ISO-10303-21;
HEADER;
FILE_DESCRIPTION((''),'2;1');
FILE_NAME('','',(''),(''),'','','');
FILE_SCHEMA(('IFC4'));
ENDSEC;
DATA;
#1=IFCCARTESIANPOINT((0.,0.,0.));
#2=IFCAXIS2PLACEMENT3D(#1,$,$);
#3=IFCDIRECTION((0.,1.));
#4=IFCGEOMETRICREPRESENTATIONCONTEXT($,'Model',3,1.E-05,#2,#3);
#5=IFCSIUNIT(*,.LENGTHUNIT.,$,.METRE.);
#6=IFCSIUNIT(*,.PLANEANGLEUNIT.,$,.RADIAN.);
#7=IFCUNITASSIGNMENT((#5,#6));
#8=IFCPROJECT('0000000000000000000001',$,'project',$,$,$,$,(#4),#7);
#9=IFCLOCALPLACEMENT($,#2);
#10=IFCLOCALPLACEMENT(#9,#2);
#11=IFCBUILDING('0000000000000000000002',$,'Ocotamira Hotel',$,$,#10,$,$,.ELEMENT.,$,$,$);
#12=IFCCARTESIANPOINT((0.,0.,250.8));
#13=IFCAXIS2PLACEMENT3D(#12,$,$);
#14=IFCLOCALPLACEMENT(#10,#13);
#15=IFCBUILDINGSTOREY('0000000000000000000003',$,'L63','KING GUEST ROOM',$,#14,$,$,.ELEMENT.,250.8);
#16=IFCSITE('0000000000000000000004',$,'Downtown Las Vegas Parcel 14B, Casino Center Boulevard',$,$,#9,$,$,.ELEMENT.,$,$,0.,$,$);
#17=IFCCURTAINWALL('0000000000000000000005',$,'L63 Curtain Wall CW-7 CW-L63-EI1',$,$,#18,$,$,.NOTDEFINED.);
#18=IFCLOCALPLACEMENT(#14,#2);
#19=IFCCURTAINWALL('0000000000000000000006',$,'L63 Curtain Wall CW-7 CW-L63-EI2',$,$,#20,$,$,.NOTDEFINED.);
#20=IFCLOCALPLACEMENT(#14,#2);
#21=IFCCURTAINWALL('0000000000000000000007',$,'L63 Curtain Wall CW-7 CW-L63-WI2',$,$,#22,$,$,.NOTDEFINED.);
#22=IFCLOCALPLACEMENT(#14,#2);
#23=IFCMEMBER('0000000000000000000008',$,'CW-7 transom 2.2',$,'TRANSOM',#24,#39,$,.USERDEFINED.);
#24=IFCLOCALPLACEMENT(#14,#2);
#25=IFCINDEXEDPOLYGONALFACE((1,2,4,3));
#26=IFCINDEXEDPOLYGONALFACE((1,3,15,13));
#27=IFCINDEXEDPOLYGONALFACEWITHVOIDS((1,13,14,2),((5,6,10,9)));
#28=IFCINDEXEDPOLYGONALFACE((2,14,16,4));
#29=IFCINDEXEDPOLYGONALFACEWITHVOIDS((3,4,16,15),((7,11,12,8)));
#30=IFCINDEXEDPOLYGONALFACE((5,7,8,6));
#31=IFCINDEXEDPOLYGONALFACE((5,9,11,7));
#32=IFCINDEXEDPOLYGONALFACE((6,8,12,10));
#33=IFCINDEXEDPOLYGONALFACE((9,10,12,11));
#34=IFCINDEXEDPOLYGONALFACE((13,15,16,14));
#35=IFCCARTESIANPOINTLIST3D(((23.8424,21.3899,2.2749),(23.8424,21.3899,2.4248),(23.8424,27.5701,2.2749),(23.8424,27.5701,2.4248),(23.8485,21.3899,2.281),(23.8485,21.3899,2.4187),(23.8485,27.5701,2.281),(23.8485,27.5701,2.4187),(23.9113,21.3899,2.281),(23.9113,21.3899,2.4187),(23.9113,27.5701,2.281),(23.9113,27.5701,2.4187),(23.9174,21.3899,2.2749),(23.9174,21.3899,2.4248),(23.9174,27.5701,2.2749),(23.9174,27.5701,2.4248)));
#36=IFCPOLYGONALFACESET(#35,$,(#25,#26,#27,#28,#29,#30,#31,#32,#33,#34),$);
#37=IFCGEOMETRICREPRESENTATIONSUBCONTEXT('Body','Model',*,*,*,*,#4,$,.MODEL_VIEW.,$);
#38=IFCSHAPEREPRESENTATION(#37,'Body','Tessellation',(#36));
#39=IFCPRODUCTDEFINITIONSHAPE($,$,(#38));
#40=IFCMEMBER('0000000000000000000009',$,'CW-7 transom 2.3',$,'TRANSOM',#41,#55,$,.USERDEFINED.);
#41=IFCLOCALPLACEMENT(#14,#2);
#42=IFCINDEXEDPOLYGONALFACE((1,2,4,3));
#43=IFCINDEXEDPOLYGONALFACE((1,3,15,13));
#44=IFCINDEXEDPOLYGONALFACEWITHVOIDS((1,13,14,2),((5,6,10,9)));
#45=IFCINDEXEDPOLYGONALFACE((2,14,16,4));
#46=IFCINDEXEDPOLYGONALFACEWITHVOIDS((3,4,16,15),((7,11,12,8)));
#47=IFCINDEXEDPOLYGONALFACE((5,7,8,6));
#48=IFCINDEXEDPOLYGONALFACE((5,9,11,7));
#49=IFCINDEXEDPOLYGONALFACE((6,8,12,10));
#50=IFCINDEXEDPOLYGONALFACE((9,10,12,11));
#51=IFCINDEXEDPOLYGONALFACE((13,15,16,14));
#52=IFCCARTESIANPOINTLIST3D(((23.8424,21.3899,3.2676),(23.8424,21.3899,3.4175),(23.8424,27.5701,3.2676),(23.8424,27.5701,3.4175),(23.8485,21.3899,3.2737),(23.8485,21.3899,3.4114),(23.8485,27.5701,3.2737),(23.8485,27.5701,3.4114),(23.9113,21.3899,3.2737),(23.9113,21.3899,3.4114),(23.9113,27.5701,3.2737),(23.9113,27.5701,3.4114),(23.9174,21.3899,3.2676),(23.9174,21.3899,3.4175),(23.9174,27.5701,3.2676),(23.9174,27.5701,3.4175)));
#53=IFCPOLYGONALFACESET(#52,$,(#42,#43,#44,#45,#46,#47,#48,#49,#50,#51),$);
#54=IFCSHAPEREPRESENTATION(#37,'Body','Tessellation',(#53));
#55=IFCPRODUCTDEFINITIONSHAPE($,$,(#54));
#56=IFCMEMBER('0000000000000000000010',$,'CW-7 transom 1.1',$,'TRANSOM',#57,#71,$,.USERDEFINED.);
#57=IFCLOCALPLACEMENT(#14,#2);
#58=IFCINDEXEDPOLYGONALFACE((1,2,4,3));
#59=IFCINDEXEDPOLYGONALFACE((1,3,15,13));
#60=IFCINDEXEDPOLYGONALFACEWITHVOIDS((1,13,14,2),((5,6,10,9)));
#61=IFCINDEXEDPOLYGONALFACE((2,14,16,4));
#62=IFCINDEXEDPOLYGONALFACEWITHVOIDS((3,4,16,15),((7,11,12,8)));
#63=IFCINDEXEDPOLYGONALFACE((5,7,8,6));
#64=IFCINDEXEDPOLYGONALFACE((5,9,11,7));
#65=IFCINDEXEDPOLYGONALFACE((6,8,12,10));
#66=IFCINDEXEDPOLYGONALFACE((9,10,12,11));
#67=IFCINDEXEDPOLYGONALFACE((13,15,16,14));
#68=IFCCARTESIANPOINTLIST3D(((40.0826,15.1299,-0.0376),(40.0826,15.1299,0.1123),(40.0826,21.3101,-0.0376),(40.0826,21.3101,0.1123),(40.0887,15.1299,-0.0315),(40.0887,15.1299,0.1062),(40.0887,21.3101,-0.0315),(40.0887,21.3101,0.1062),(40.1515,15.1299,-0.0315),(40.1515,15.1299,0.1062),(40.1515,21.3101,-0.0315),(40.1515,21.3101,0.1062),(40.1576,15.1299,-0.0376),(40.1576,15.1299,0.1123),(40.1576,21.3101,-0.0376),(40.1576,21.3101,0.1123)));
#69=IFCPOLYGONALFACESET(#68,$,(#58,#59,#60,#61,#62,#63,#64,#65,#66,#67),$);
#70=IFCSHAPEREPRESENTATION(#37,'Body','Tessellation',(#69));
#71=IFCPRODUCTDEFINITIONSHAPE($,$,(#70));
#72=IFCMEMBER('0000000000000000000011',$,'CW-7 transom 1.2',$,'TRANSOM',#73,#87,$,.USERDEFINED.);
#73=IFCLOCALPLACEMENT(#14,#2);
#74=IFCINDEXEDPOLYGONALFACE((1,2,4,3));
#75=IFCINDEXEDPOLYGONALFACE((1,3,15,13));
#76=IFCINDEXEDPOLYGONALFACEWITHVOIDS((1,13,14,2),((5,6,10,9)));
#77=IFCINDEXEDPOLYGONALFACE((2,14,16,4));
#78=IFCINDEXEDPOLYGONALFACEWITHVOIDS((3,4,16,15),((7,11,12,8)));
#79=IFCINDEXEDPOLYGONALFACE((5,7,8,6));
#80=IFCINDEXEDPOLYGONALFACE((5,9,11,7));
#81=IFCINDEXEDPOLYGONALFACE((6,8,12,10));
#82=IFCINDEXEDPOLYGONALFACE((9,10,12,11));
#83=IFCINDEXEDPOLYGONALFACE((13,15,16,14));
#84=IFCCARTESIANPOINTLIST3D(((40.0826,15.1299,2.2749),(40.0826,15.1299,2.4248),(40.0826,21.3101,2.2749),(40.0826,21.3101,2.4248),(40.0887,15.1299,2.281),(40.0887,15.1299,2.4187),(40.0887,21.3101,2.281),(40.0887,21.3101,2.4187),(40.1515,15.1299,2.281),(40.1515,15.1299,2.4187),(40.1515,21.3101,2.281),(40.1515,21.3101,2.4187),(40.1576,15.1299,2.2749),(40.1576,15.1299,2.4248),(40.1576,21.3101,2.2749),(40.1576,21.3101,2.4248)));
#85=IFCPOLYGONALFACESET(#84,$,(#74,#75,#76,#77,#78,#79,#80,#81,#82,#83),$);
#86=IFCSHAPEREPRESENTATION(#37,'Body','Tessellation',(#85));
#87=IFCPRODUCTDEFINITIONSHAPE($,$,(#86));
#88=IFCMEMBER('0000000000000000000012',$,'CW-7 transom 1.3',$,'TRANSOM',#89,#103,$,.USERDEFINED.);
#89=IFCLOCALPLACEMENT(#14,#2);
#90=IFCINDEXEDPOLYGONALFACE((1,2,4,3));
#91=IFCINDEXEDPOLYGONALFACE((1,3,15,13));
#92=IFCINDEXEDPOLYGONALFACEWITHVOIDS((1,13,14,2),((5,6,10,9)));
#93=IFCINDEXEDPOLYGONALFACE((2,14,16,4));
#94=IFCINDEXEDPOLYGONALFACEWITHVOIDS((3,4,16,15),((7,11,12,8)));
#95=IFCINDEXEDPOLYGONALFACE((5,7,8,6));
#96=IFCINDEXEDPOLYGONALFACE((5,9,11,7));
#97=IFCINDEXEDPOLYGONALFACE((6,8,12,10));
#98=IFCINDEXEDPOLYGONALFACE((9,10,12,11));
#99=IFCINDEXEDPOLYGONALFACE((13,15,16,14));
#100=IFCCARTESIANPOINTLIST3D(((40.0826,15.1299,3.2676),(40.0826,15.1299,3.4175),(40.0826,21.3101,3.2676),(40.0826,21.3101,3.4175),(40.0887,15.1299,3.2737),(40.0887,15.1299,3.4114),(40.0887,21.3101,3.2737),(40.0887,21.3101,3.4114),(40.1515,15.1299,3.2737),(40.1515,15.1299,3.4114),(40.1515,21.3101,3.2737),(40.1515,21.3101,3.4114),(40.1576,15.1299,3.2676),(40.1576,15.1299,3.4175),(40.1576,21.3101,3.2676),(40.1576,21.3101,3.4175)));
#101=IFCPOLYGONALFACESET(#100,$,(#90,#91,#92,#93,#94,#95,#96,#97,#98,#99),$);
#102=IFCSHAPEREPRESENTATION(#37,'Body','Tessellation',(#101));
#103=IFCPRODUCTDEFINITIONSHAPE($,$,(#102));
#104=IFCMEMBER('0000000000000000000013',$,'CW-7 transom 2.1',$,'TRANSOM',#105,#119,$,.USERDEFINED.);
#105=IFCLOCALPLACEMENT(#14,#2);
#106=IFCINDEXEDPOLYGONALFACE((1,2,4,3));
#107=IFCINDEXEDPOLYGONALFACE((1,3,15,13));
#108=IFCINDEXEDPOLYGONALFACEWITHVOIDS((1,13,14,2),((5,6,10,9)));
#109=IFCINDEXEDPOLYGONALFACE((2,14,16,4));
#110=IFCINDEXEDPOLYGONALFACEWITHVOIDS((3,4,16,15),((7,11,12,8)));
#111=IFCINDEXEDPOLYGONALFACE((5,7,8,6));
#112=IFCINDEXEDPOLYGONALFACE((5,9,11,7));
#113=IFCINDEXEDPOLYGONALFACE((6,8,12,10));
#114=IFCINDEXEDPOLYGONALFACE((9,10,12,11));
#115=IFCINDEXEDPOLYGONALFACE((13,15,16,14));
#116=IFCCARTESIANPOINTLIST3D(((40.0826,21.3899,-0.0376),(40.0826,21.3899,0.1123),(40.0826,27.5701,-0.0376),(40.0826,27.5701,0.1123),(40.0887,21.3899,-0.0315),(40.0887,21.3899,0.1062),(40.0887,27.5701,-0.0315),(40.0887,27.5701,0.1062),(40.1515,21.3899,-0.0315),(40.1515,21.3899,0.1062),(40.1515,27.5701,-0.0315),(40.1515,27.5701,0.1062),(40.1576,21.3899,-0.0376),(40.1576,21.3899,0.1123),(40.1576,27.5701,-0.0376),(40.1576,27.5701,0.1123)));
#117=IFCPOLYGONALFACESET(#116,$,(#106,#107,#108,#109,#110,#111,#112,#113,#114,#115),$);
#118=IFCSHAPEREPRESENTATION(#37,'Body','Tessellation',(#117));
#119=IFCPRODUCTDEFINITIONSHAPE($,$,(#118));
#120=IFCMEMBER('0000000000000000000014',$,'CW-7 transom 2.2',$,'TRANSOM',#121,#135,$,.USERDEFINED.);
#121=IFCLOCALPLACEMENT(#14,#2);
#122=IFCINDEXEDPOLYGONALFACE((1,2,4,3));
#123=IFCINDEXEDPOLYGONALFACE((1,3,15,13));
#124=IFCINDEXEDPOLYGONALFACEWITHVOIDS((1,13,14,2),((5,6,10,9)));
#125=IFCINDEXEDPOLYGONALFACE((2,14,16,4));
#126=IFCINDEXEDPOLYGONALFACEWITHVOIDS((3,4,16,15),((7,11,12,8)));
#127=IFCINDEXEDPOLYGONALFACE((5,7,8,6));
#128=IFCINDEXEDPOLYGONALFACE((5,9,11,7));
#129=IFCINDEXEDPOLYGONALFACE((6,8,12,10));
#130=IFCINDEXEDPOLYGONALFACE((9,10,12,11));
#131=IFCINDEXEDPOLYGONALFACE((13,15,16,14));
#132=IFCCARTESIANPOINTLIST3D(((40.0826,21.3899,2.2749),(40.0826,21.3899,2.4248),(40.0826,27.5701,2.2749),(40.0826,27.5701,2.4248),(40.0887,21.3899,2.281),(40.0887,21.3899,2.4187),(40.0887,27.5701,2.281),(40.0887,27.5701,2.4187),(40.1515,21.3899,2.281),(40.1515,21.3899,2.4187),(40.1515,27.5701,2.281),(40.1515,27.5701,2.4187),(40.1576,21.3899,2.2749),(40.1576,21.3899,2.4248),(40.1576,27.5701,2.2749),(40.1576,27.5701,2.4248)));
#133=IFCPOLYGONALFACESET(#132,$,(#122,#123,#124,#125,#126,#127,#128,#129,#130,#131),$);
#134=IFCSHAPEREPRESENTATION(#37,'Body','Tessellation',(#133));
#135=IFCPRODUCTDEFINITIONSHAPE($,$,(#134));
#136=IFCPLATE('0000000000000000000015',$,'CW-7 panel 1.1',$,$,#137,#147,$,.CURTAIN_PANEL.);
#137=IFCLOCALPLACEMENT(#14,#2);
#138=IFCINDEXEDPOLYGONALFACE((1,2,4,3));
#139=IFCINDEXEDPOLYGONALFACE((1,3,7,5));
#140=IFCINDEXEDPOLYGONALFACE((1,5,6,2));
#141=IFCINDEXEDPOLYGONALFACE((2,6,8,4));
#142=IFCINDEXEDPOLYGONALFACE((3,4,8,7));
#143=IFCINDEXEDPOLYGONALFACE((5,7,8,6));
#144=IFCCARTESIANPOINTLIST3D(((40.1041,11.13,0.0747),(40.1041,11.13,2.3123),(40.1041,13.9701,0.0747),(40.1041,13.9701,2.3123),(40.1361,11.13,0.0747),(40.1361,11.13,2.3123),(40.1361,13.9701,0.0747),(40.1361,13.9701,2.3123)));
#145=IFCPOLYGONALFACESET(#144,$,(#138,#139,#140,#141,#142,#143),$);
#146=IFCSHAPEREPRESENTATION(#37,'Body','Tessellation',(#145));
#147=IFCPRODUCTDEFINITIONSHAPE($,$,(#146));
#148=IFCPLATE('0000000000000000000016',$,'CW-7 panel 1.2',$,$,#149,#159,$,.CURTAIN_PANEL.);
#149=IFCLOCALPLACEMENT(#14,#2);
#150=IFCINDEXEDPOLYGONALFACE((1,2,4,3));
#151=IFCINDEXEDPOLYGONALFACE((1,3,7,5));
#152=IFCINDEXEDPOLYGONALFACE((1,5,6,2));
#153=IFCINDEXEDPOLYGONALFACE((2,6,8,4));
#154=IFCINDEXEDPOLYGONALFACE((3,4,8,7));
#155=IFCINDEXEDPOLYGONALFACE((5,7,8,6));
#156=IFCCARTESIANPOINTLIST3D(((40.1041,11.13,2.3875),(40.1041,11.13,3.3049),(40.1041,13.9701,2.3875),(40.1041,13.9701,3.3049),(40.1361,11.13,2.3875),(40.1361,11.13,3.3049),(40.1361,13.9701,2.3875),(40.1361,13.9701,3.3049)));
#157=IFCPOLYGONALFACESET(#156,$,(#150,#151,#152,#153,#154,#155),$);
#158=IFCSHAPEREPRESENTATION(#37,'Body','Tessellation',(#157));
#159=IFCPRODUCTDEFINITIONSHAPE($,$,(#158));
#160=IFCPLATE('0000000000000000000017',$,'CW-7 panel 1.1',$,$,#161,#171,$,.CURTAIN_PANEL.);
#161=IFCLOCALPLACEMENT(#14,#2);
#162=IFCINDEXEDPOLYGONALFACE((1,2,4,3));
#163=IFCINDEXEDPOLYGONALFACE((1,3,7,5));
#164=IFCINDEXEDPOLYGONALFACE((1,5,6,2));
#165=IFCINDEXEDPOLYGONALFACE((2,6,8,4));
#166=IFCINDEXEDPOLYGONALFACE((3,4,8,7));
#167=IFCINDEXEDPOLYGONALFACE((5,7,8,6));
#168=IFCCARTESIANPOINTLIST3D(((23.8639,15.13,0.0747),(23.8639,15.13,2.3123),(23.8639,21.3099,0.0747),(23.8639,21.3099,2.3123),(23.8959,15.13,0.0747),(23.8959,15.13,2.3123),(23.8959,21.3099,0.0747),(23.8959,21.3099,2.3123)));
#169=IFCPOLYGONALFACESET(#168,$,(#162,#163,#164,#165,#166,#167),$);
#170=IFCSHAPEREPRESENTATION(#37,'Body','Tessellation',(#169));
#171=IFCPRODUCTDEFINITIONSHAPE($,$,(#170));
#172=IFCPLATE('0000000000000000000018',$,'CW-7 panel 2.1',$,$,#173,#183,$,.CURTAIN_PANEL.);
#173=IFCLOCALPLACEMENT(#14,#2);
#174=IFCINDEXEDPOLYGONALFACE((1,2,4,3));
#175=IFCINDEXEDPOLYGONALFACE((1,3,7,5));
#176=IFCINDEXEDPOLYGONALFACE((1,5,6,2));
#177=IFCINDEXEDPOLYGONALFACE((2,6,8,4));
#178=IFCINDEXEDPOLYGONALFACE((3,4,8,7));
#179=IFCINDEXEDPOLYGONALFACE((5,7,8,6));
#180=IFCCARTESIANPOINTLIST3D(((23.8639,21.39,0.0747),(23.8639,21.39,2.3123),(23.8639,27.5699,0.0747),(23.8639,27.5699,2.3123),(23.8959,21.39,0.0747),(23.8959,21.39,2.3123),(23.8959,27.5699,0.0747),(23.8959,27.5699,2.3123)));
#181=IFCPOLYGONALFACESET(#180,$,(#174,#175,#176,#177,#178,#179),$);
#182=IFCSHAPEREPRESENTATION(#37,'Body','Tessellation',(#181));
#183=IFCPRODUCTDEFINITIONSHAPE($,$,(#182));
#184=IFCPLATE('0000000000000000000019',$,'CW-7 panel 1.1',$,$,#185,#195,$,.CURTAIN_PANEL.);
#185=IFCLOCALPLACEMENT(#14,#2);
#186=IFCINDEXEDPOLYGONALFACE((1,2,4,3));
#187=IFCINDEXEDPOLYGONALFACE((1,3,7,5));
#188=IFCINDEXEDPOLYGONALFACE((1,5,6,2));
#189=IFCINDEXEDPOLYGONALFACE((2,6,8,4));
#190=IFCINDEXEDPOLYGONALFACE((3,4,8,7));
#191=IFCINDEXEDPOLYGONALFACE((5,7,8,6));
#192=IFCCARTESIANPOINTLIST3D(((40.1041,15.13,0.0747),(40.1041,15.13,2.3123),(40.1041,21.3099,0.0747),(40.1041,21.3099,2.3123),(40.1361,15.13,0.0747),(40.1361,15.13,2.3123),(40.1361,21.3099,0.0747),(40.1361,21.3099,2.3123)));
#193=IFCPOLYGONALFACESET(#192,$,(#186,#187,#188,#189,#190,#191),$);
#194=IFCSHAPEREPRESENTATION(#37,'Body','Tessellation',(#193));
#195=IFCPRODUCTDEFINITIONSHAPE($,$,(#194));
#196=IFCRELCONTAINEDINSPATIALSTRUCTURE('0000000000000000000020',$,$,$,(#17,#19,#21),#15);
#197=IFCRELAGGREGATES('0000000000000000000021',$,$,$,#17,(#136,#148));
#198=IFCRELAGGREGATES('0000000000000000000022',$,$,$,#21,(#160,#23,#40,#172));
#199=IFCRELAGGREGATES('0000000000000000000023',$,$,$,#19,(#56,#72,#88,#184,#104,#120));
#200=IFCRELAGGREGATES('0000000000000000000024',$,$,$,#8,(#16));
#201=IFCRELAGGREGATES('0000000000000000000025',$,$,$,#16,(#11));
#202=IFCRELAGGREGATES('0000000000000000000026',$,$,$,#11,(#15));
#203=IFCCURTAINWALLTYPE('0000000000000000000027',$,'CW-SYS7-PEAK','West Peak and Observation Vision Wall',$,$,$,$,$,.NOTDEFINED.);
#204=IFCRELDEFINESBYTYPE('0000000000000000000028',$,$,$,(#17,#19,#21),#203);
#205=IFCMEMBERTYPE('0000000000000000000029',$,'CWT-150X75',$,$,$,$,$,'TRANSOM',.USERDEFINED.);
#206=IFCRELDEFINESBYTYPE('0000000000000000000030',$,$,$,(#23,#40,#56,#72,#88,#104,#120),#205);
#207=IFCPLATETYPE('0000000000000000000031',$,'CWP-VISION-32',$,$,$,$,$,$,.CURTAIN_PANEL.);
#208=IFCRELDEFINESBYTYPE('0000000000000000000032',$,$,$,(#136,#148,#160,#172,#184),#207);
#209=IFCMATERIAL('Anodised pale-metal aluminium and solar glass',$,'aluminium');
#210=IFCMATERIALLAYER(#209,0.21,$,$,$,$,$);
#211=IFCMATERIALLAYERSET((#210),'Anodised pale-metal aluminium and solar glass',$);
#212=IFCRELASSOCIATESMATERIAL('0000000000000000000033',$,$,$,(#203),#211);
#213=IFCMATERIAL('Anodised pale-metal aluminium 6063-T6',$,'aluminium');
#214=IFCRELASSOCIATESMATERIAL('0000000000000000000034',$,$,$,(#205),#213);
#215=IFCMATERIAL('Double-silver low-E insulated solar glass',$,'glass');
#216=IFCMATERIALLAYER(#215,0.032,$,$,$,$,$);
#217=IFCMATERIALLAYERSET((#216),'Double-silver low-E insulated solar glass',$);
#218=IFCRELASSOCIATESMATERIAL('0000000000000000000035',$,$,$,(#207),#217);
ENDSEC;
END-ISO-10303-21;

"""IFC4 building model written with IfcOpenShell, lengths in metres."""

from ifc_helpers import new_model, si_unit, direction, frame, origin, origin_2d, place, context, subcontext, project, spatial, rectangle, hollow_rectangle, extrude, source, transform, mapped, material, layer, layer_set, material_profile, profile_set, type_object, element, aggregate, save


model = new_model("IFC4")

# Units and contexts
model_context = context("Model", 3, precision=1e-05, world=origin(), true_north=direction((0.0, 1.0)))
body_context = subcontext(model_context, "Body", "Model", "MODEL_VIEW")
ifc_project = project(units=[si_unit("LENGTHUNIT", "METRE"), si_unit("PLANEANGLEUNIT", "RADIAN")], contexts=[model_context])

# Site, building, storey
site_placement = place(None, origin())
site = spatial("IfcSite", under=ifc_project, at=site_placement, Name="Downtown Las Vegas Parcel 14B, Casino Center Boulevard", CompositionType="ELEMENT", RefElevation=0.0)
building_placement = place(site_placement, origin())
building = spatial("IfcBuilding", under=site, at=building_placement, Name="Ocotamira Hotel", CompositionType="ELEMENT")
storey_placement = place(building_placement, frame((0.0, 0.0, 250.8)))
storey = spatial("IfcBuildingStorey", under=building, at=storey_placement, Name="L63", Description="KING GUEST ROOM", CompositionType="ELEMENT", Elevation=250.8)

# Curtain walls
ifc_material_1 = material(Name="Anodised pale-metal aluminium and solar glass", Category="aluminium")
ifc_layer_1 = layer(ifc_material_1, 0.21)
ifc_layer_set_1 = layer_set([ifc_layer_1], Name="Anodised pale-metal aluminium and solar glass")
curtain_wall_type = type_object("IfcCurtainWallType", Name="CW-SYS7-PEAK", Description="West Peak and Observation Vision Wall", PredefinedType="NOTDEFINED", material=ifc_layer_set_1)
curtain_wall_1_placement = place(storey_placement, origin())
curtain_wall_1 = element("IfcCurtainWall", 1, at=curtain_wall_1_placement, inside=storey, type_object=curtain_wall_type, Name="L63 Curtain Wall CW-7 CW-L63-EI1", PredefinedType="NOTDEFINED")
ifc_material_2 = material(Name="Anodised pale-metal aluminium 6063-T6", Category="aluminium")
curtain_wall_2_placement = place(storey_placement, origin())
curtain_wall_2 = element("IfcCurtainWall", 2, at=curtain_wall_2_placement, inside=storey, type_object=curtain_wall_type, Name="L63 Curtain Wall CW-7 CW-L63-EI2", PredefinedType="NOTDEFINED")

# Shared definitions
ifc_material_profile_1 = material_profile(ifc_material_2, hollow_rectangle(XDim=0.075, YDim=0.1499, WallThickness=0.0061, at=origin_2d()), Name="HSS150X75X6")
ifc_profile_set_1 = profile_set([ifc_material_profile_1], Name="Anodised pale-metal aluminium 6063-T6")
member_type_1 = type_object("IfcMemberType", Name="CWT-150X75", ElementType="TRANSOM", PredefinedType="USERDEFINED", material=ifc_profile_set_1)

# Curtain wall, members
curtain_wall_3_placement = place(storey_placement, origin())
curtain_wall_3 = element("IfcCurtainWall", 3, at=curtain_wall_3_placement, inside=storey, type_object=curtain_wall_type, Name="L63 Curtain Wall CW-7 CW-L63-WI2", PredefinedType="NOTDEFINED")
shared_shape_1 = source(origin(), body_context, "Body", "SweptSolid", [
    extrude(hollow_rectangle(XDim=0.075, YDim=0.1499, WallThickness=0.0061, at=origin_2d()), origin(), (0.0, 0.0, 1.0), 6.1802),
])
member_1_placement = place(storey_placement, frame((23.8799, 21.3899, 2.3499), z_axis=(0.0, 1.0, 0.0), x_axis=(-1.0, 0.0, 0.0)))
member_1 = element("IfcMember", 4, at=member_1_placement, type_object=member_type_1, Name="CW-7 transom 2.2", ObjectType="TRANSOM", PredefinedType="USERDEFINED", context=body_context, shape_type="MappedRepresentation", body=[
    mapped(shared_shape_1, transform((0.0, 0.0, 0.0), scale=1.0)),
])
member_2_placement = place(storey_placement, frame((23.8799, 21.3899, 3.3425), z_axis=(0.0, 1.0, 0.0), x_axis=(-1.0, 0.0, 0.0)))
member_2 = element("IfcMember", 5, at=member_2_placement, type_object=member_type_1, Name="CW-7 transom 2.3", ObjectType="TRANSOM", PredefinedType="USERDEFINED", context=body_context, shape_type="MappedRepresentation", body=[
    mapped(shared_shape_1, transform((0.0, 0.0, 0.0), scale=1.0)),
])

# Members
member_3_placement = place(storey_placement, frame((40.1201, 15.1299, 0.0374), z_axis=(0.0, 1.0, 0.0), x_axis=(-1.0, 0.0, 0.0)))
member_3 = element("IfcMember", 6, at=member_3_placement, type_object=member_type_1, Name="CW-7 transom 1.1", ObjectType="TRANSOM", PredefinedType="USERDEFINED", context=body_context, shape_type="MappedRepresentation", body=[
    mapped(shared_shape_1, transform((0.0, 0.0, 0.0), scale=1.0)),
])
member_4_placement = place(storey_placement, frame((40.1201, 15.1299, 2.3499), z_axis=(0.0, 1.0, 0.0), x_axis=(-1.0, 0.0, 0.0)))
member_4 = element("IfcMember", 7, at=member_4_placement, type_object=member_type_1, Name="CW-7 transom 1.2", ObjectType="TRANSOM", PredefinedType="USERDEFINED", context=body_context, shape_type="MappedRepresentation", body=[
    mapped(shared_shape_1, transform((0.0, 0.0, 0.0), scale=1.0)),
])
member_5_placement = place(storey_placement, frame((40.1201, 15.1299, 3.3425), z_axis=(0.0, 1.0, 0.0), x_axis=(-1.0, 0.0, 0.0)))
member_5 = element("IfcMember", 8, at=member_5_placement, type_object=member_type_1, Name="CW-7 transom 1.3", ObjectType="TRANSOM", PredefinedType="USERDEFINED", context=body_context, shape_type="MappedRepresentation", body=[
    mapped(shared_shape_1, transform((0.0, 0.0, 0.0), scale=1.0)),
])
member_6_placement = place(storey_placement, frame((40.1201, 21.3899, 0.0374), z_axis=(0.0, 1.0, 0.0), x_axis=(-1.0, 0.0, 0.0)))
member_6 = element("IfcMember", 9, at=member_6_placement, type_object=member_type_1, Name="CW-7 transom 2.1", ObjectType="TRANSOM", PredefinedType="USERDEFINED", context=body_context, shape_type="MappedRepresentation", body=[
    mapped(shared_shape_1, transform((0.0, 0.0, 0.0), scale=1.0)),
])
member_7_placement = place(storey_placement, frame((40.1201, 21.3899, 2.3499), z_axis=(0.0, 1.0, 0.0), x_axis=(-1.0, 0.0, 0.0)))
member_7 = element("IfcMember", 10, at=member_7_placement, type_object=member_type_1, Name="CW-7 transom 2.2", ObjectType="TRANSOM", PredefinedType="USERDEFINED", context=body_context, shape_type="MappedRepresentation", body=[
    mapped(shared_shape_1, transform((0.0, 0.0, 0.0), scale=1.0)),
])

# Plates
ifc_material_3 = material(Name="Double-silver low-E insulated solar glass", Category="glass")
ifc_layer_2 = layer(ifc_material_3, 0.032)
ifc_layer_set_2 = layer_set([ifc_layer_2], Name="Double-silver low-E insulated solar glass")
plate_type = type_object("IfcPlateType", Name="CWP-VISION-32", PredefinedType="CURTAIN_PANEL", material=ifc_layer_set_2)
shared_shape_2 = source(origin(), body_context, "Body", "SweptSolid", [
    extrude(rectangle(XDim=2.8401, YDim=0.032, at=origin_2d()), origin(), (0.0, 0.0, 1.0), 2.2375),
])
plate_1_placement = place(storey_placement, frame((40.1201, 12.55, 0.0747), z_axis=(0.0, 0.0, 1.0), x_axis=(0.0, 1.0, 0.0)))
plate_1 = element("IfcPlate", 11, at=plate_1_placement, type_object=plate_type, Name="CW-7 panel 1.1", PredefinedType="CURTAIN_PANEL", context=body_context, shape_type="MappedRepresentation", body=[
    mapped(shared_shape_2, transform((0.0, 0.0, 0.0), scale=1.0)),
])
shared_shape_3 = source(origin(), body_context, "Body", "SweptSolid", [
    extrude(rectangle(XDim=2.8401, YDim=0.032, at=origin_2d()), origin(), (0.0, 0.0, 1.0), 0.9175),
])
plate_2_placement = place(storey_placement, frame((40.1201, 12.55, 2.3875), z_axis=(0.0, 0.0, 1.0), x_axis=(0.0, 1.0, 0.0)))
plate_2 = element("IfcPlate", 12, at=plate_2_placement, type_object=plate_type, Name="CW-7 panel 1.2", PredefinedType="CURTAIN_PANEL", context=body_context, shape_type="MappedRepresentation", body=[
    mapped(shared_shape_3, transform((0.0, 0.0, 0.0), scale=1.0)),
])
aggregate(curtain_wall_1, [plate_1, plate_2])
shared_shape_4 = source(origin(), body_context, "Body", "SweptSolid", [
    extrude(rectangle(XDim=6.1799, YDim=0.032, at=origin_2d()), origin(), (0.0, 0.0, 1.0), 2.2375),
])
plate_3_placement = place(storey_placement, frame((23.8799, 18.22, 0.0747), z_axis=(0.0, 0.0, 1.0), x_axis=(0.0, 1.0, 0.0)))
plate_3 = element("IfcPlate", 13, at=plate_3_placement, type_object=plate_type, Name="CW-7 panel 1.1", PredefinedType="CURTAIN_PANEL", context=body_context, shape_type="MappedRepresentation", body=[
    mapped(shared_shape_4, transform((0.0, 0.0, 0.0), scale=1.0)),
])
plate_4_placement = place(storey_placement, frame((23.8799, 24.48, 0.0747), z_axis=(0.0, 0.0, 1.0), x_axis=(0.0, 1.0, 0.0)))
plate_4 = element("IfcPlate", 14, at=plate_4_placement, type_object=plate_type, Name="CW-7 panel 2.1", PredefinedType="CURTAIN_PANEL", context=body_context, shape_type="MappedRepresentation", body=[
    mapped(shared_shape_4, transform((0.0, 0.0, 0.0), scale=1.0)),
])
plate_5_placement = place(storey_placement, frame((40.1201, 18.22, 0.0747), z_axis=(0.0, 0.0, 1.0), x_axis=(0.0, 1.0, 0.0)))
plate_5 = element("IfcPlate", 15, at=plate_5_placement, type_object=plate_type, Name="CW-7 panel 1.1", PredefinedType="CURTAIN_PANEL", context=body_context, shape_type="MappedRepresentation", body=[
    mapped(shared_shape_4, transform((0.0, 0.0, 0.0), scale=1.0)),
])
aggregate(curtain_wall_3, [plate_3, member_1, member_2, plate_4])
aggregate(curtain_wall_2, [member_3, member_4, member_5, plate_5, member_6, member_7])

save(model, "model.ifc")
